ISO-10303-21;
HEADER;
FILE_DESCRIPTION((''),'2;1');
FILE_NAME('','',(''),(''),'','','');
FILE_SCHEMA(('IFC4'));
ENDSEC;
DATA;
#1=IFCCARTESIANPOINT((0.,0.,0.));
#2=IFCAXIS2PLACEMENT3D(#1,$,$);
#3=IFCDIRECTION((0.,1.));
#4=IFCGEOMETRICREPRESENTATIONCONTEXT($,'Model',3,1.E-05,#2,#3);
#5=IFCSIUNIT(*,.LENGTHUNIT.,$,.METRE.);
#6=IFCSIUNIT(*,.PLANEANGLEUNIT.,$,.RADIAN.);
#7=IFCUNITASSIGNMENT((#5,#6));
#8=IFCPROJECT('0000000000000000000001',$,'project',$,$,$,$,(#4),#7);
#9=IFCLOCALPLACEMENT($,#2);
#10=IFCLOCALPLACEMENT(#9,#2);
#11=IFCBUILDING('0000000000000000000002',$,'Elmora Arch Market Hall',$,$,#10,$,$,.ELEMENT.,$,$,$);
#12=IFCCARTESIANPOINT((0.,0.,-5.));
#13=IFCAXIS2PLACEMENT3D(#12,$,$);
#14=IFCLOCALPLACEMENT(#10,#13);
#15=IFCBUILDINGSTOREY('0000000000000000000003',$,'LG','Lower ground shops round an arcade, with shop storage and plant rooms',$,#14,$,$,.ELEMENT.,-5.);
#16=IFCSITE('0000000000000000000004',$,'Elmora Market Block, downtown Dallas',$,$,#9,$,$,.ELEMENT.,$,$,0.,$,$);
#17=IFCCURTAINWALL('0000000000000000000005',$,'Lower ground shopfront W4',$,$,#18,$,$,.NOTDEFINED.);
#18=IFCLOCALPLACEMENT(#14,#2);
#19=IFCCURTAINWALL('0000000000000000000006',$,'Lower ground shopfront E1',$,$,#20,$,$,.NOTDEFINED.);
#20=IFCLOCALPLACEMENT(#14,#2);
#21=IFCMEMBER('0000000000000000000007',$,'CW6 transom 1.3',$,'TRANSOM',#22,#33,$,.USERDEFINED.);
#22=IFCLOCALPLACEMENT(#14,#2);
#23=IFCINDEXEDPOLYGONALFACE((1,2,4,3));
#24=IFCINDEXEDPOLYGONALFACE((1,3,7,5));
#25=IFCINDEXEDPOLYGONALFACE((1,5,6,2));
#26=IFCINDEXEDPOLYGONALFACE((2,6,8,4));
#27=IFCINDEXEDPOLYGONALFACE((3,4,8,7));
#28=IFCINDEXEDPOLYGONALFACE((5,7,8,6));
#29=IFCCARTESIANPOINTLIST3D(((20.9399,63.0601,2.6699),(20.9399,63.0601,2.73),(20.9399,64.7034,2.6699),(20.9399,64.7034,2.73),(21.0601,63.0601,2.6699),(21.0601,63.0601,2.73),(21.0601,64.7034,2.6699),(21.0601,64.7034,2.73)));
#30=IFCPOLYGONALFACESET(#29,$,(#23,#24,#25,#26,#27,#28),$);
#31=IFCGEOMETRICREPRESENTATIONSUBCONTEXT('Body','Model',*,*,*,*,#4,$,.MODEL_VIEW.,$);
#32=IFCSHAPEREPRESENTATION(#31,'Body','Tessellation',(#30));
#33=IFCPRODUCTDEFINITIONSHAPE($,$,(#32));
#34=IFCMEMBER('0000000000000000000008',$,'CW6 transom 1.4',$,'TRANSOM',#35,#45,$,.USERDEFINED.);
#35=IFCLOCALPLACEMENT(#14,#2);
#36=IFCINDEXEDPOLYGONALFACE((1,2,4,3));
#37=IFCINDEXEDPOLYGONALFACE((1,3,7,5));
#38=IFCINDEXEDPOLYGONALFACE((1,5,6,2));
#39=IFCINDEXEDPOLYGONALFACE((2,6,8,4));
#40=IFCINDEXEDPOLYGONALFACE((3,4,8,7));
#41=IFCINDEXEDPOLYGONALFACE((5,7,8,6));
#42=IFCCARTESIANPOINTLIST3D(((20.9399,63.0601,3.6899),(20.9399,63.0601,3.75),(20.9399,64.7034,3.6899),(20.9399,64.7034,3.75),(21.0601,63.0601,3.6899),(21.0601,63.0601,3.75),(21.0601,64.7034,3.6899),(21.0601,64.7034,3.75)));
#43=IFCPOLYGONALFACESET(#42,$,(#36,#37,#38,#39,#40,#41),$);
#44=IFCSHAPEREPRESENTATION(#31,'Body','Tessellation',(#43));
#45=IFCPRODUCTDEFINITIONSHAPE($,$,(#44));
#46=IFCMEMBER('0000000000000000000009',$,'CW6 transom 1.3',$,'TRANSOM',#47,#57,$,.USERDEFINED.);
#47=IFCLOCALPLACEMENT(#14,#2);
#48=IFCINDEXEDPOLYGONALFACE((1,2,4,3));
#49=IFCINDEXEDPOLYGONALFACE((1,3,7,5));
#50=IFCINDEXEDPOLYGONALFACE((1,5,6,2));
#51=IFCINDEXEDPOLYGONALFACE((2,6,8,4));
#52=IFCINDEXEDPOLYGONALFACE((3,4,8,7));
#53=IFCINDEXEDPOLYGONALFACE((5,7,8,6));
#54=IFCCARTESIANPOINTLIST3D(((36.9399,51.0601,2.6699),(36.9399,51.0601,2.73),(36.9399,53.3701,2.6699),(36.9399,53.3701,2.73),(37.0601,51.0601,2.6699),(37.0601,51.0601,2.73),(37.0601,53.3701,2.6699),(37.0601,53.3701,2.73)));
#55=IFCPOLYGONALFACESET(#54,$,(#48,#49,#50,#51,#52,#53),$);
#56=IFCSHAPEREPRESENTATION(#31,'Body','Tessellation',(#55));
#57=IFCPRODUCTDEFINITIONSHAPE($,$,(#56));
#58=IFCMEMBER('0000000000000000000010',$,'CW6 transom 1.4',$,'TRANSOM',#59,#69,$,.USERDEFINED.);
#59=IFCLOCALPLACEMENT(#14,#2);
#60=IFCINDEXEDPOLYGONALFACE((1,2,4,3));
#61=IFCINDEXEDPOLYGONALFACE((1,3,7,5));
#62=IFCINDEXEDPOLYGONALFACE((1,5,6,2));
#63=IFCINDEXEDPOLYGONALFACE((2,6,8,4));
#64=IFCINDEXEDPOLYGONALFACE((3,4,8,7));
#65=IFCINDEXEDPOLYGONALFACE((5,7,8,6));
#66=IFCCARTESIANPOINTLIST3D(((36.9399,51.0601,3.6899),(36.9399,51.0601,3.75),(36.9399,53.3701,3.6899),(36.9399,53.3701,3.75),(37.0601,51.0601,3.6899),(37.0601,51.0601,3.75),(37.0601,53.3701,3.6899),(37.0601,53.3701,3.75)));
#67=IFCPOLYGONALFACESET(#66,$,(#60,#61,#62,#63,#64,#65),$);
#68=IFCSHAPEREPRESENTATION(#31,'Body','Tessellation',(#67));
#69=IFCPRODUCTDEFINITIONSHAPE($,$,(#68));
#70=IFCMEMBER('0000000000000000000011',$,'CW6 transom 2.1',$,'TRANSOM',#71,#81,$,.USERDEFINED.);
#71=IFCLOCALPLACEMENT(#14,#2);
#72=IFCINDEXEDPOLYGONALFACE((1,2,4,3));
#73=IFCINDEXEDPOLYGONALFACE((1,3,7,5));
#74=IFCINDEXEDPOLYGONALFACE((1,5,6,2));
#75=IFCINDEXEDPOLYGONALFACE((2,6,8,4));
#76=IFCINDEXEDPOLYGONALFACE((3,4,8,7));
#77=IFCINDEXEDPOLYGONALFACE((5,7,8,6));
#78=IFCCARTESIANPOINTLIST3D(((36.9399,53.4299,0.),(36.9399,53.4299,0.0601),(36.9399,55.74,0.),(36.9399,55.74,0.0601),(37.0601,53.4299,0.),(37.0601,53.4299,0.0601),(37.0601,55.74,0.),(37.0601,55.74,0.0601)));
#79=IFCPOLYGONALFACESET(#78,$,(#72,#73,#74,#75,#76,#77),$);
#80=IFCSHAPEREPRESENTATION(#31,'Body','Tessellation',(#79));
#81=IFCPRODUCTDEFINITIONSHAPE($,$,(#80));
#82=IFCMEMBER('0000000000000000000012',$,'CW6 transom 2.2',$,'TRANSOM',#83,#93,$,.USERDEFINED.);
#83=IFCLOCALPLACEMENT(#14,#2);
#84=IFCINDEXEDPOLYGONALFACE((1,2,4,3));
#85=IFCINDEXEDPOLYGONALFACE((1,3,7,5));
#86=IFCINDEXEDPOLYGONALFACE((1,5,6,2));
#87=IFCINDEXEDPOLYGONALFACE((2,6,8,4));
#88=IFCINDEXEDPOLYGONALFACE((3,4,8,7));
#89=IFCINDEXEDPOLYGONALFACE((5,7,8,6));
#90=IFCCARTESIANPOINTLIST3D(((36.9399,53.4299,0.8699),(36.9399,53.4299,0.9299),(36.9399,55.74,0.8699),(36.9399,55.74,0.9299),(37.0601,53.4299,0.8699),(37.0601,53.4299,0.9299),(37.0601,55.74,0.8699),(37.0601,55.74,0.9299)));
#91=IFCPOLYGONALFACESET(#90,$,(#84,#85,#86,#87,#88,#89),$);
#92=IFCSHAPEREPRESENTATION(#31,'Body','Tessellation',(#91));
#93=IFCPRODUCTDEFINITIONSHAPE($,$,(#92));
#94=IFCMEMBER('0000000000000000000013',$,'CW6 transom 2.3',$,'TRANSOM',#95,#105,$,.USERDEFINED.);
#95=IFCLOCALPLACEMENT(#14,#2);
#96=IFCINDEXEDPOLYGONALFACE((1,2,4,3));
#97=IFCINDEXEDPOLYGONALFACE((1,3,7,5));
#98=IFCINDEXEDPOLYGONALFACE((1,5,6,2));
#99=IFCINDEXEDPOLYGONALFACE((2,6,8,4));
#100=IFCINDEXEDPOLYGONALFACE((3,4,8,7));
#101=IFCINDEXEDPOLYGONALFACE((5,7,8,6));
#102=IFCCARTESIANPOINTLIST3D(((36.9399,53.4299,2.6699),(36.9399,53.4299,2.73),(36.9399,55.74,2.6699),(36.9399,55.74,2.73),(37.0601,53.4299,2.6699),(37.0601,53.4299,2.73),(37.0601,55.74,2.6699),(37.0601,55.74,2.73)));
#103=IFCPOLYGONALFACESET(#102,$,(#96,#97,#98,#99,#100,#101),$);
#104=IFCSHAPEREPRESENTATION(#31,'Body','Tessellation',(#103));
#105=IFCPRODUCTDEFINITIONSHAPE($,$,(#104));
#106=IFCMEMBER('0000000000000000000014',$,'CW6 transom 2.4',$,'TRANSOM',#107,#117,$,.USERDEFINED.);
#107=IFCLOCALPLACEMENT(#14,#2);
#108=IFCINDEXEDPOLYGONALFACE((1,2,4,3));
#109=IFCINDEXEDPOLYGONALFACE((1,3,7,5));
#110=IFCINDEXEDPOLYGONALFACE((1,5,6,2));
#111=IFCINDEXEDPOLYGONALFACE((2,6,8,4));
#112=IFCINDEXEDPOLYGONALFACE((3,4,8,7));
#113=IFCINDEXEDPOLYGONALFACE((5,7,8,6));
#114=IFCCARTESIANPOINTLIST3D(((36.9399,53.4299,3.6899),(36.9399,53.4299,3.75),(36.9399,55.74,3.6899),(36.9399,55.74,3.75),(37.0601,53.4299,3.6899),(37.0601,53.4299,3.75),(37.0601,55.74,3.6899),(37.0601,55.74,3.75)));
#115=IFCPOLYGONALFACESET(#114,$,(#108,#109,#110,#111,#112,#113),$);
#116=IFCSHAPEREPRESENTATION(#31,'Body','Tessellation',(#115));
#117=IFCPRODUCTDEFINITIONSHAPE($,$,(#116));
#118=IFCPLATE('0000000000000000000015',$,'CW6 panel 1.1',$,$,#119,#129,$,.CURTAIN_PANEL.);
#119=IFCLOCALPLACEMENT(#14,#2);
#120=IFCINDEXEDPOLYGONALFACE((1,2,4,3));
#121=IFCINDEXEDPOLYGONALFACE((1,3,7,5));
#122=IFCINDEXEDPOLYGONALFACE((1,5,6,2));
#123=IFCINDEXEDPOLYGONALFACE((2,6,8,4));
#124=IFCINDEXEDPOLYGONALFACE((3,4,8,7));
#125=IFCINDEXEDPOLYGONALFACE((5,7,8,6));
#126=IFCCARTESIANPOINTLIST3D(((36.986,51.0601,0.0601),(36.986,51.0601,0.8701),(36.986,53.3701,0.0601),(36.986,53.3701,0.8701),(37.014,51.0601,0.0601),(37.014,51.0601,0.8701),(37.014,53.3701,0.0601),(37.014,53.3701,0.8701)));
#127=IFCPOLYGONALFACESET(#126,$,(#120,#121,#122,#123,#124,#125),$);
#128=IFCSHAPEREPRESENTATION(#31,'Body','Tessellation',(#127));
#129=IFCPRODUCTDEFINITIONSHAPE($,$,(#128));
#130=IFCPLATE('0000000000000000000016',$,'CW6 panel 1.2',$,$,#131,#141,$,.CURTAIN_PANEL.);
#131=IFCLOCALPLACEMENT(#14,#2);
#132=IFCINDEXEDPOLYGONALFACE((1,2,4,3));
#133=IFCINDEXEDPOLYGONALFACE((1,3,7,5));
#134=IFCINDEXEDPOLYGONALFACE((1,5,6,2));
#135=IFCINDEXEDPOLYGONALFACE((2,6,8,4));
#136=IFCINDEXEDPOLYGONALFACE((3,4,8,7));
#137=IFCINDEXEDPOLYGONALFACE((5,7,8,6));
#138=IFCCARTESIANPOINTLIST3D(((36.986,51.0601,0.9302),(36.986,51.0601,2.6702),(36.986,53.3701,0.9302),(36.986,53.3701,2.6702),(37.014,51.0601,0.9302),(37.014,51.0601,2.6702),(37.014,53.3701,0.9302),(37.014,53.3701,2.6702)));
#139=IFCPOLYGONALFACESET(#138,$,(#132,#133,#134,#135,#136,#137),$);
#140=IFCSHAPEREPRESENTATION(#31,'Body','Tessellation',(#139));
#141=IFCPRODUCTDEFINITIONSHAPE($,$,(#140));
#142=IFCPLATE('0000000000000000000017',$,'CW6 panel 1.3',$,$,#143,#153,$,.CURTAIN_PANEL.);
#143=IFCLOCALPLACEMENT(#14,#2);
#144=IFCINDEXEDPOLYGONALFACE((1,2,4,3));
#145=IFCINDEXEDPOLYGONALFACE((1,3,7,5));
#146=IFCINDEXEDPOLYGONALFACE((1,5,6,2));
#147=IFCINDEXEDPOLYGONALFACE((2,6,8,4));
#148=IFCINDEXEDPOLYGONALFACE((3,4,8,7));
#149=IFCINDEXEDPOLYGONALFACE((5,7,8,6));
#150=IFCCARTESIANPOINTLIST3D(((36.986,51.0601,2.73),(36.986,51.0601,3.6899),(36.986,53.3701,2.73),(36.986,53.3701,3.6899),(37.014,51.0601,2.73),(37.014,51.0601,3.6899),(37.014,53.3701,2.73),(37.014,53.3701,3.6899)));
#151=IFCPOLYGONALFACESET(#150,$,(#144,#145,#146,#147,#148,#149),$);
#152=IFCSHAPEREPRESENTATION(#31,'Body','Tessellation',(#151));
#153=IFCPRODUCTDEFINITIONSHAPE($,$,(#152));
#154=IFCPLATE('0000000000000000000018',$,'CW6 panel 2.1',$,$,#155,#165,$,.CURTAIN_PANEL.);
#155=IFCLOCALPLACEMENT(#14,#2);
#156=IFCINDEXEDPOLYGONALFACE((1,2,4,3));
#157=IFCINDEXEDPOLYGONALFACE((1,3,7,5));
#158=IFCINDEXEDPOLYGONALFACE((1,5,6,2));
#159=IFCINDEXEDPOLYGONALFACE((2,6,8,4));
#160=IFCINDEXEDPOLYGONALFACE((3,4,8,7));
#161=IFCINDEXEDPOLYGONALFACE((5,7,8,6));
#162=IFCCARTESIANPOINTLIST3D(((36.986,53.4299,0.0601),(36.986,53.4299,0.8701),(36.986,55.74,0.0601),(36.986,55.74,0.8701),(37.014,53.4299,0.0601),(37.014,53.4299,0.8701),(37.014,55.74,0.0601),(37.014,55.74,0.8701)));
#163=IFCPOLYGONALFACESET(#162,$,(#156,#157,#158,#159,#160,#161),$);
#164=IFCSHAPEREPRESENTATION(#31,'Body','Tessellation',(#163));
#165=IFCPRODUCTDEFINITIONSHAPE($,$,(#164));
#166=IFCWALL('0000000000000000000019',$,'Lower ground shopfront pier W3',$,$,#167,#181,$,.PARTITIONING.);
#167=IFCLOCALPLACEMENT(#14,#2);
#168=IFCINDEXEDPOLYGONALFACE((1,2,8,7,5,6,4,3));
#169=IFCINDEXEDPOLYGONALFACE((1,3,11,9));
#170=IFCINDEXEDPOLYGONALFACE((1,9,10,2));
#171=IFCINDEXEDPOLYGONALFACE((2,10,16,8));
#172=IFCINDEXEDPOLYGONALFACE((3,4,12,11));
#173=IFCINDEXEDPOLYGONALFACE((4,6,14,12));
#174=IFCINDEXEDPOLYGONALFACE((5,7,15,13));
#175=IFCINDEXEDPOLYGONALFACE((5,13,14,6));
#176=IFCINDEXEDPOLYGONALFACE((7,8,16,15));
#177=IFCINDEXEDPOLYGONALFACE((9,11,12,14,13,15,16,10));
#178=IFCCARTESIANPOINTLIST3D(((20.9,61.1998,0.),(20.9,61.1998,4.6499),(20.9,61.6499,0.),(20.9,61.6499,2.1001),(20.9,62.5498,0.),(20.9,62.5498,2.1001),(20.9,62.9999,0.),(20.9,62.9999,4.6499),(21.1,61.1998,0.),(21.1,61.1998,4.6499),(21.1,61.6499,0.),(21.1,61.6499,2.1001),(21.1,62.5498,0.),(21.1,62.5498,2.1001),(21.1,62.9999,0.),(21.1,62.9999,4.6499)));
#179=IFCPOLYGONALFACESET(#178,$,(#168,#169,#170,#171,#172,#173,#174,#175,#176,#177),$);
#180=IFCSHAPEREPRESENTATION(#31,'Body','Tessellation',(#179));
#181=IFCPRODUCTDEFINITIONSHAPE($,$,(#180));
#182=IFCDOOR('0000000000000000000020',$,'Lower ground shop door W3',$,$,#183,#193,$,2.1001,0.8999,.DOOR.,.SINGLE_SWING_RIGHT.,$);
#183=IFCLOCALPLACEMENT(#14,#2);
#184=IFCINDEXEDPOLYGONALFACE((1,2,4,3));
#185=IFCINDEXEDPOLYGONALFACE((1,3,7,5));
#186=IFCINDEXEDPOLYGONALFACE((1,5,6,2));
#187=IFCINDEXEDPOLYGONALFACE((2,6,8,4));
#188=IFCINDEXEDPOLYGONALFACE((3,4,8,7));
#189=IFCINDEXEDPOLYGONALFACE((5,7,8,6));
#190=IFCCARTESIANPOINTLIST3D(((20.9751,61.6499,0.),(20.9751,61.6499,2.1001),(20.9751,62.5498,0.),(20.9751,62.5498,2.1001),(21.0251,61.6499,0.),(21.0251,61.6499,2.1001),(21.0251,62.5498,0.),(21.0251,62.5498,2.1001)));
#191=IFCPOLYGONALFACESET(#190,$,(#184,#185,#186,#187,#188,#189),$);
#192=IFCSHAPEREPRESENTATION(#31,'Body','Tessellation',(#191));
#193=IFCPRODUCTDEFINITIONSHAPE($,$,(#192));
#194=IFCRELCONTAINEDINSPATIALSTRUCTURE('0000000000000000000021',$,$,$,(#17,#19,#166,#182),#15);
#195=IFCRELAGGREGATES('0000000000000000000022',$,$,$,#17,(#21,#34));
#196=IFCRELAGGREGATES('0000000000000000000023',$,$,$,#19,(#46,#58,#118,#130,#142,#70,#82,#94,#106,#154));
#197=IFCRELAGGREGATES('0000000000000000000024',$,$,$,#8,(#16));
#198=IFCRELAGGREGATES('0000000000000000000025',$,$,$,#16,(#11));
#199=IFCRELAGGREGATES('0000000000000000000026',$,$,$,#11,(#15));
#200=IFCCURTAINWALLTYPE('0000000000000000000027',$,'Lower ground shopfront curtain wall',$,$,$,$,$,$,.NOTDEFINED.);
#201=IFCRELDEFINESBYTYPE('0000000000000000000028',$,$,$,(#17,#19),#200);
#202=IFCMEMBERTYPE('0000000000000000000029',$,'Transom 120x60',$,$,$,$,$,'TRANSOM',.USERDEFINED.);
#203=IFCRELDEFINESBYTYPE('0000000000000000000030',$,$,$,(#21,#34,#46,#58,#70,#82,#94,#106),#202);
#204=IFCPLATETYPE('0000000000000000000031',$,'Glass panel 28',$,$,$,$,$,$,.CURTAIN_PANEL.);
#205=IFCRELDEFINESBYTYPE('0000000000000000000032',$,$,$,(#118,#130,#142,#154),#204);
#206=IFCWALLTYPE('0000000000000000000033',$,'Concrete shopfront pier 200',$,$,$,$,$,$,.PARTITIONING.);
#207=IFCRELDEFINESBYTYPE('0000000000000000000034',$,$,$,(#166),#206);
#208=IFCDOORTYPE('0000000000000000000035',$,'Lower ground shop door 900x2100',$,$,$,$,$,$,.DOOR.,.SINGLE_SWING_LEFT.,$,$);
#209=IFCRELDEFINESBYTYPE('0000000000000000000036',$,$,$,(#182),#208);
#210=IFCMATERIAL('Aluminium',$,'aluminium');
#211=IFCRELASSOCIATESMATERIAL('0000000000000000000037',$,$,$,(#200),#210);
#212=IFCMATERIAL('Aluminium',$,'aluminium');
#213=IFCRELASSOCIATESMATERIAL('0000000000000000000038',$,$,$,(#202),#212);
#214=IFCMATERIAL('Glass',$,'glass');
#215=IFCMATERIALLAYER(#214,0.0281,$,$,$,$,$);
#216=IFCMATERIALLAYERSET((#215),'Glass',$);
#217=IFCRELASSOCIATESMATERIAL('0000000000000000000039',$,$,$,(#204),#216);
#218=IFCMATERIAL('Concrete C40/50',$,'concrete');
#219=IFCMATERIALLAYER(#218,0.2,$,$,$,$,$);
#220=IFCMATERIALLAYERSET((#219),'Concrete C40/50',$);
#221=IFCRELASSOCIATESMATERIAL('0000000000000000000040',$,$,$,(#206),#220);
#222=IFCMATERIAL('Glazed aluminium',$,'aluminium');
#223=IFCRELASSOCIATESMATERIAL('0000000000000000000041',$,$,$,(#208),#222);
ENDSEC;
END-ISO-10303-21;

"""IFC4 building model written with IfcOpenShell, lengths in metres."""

from ifc_helpers import new_model, si_unit, direction, frame, frame_2d, origin, origin_2d, place, context, subcontext, project, spatial, rectangle, extrude, material, layer, layer_set, material_profile, profile_set, type_object, element, fill, aggregate, save


model = new_model("IFC4")

# Units and contexts
model_context = context("Model", 3, precision=1e-05, world=origin(), true_north=direction((0.0, 1.0)))
body_context = subcontext(model_context, "Body", "Model", "MODEL_VIEW")
ifc_project = project(units=[si_unit("LENGTHUNIT", "METRE"), si_unit("PLANEANGLEUNIT", "RADIAN")], contexts=[model_context])

# Site, building, storey
site_placement = place(None, origin())
site = spatial("IfcSite", under=ifc_project, at=site_placement, Name="Elmora Market Block, downtown Dallas", CompositionType="ELEMENT", RefElevation=0.0)
building_placement = place(site_placement, origin())
building = spatial("IfcBuilding", under=site, at=building_placement, Name="Elmora Arch Market Hall", CompositionType="ELEMENT")
storey_placement = place(building_placement, frame((0.0, 0.0, -5.0)))
storey = spatial("IfcBuildingStorey", under=building, at=storey_placement, Name="LG", Description="Lower ground shops round an arcade, with shop storage and plant rooms", CompositionType="ELEMENT", Elevation=-5.0)

# Curtain walls
ifc_material_1 = material(Name="Aluminium", Category="aluminium")
curtain_wall_type = type_object("IfcCurtainWallType", Name="Lower ground shopfront curtain wall", PredefinedType="NOTDEFINED", material=ifc_material_1)
curtain_wall_1_placement = place(storey_placement, origin())
curtain_wall_1 = element("IfcCurtainWall", 1, at=curtain_wall_1_placement, inside=storey, type_object=curtain_wall_type, Name="Lower ground shopfront W4", PredefinedType="NOTDEFINED")
curtain_wall_2_placement = place(storey_placement, origin())
curtain_wall_2 = element("IfcCurtainWall", 2, at=curtain_wall_2_placement, inside=storey, type_object=curtain_wall_type, Name="Lower ground shopfront E1", PredefinedType="NOTDEFINED")

# Members
ifc_material_2 = material(Name="Aluminium", Category="aluminium")
ifc_material_profile_1 = material_profile(ifc_material_2, rectangle(XDim=0.1201, YDim=0.0601, at=origin_2d()), Name="AL 120x60")
ifc_profile_set_1 = profile_set([ifc_material_profile_1], Name="Aluminium")
member_type_1 = type_object("IfcMemberType", Name="Transom 120x60", ElementType="TRANSOM", PredefinedType="USERDEFINED", material=ifc_profile_set_1)
member_1_placement = place(storey_placement, frame((21.0, 63.0601, 2.7), z_axis=(0.0, 1.0, 0.0), x_axis=(-1.0, 0.0, 0.0)))
member_1 = element("IfcMember", 3, at=member_1_placement, type_object=member_type_1, Name="CW6 transom 1.3", ObjectType="TRANSOM", PredefinedType="USERDEFINED", context=body_context, shape_type="SweptSolid", body=[
    extrude(rectangle(XDim=0.1201, YDim=0.0601, at=origin_2d()), origin(), (0.0, 0.0, 1.0), 1.6433),
])
member_2_placement = place(storey_placement, frame((21.0, 63.0601, 3.72), z_axis=(0.0, 1.0, 0.0), x_axis=(-1.0, 0.0, 0.0)))
member_2 = element("IfcMember", 4, at=member_2_placement, type_object=member_type_1, Name="CW6 transom 1.4", ObjectType="TRANSOM", PredefinedType="USERDEFINED", context=body_context, shape_type="SweptSolid", body=[
    extrude(rectangle(XDim=0.1201, YDim=0.0601, at=origin_2d()), origin(), (0.0, 0.0, 1.0), 1.6433),
])
aggregate(curtain_wall_1, [member_1, member_2])
member_3_placement = place(storey_placement, frame((37.0, 51.0601, 2.7), z_axis=(0.0, 1.0, 0.0), x_axis=(-1.0, 0.0, 0.0)))
member_3 = element("IfcMember", 5, at=member_3_placement, type_object=member_type_1, Name="CW6 transom 1.3", ObjectType="TRANSOM", PredefinedType="USERDEFINED", context=body_context, shape_type="SweptSolid", body=[
    extrude(rectangle(XDim=0.1201, YDim=0.0601, at=origin_2d()), origin(), (0.0, 0.0, 1.0), 2.3101),
])
member_4_placement = place(storey_placement, frame((37.0, 51.0601, 3.72), z_axis=(0.0, 1.0, 0.0), x_axis=(-1.0, 0.0, 0.0)))
member_4 = element("IfcMember", 6, at=member_4_placement, type_object=member_type_1, Name="CW6 transom 1.4", ObjectType="TRANSOM", PredefinedType="USERDEFINED", context=body_context, shape_type="SweptSolid", body=[
    extrude(rectangle(XDim=0.1201, YDim=0.0601, at=origin_2d()), origin(), (0.0, 0.0, 1.0), 2.3101),
])
member_5_placement = place(storey_placement, frame((37.0, 53.4299, 0.03), z_axis=(0.0, 1.0, 0.0), x_axis=(-1.0, 0.0, 0.0)))
member_5 = element("IfcMember", 7, at=member_5_placement, type_object=member_type_1, Name="CW6 transom 2.1", ObjectType="TRANSOM", PredefinedType="USERDEFINED", context=body_context, shape_type="SweptSolid", body=[
    extrude(rectangle(XDim=0.1201, YDim=0.0601, at=origin_2d()), origin(), (0.0, 0.0, 1.0), 2.3101),
])
member_6_placement = place(storey_placement, frame((37.0, 53.4299, 0.8999), z_axis=(0.0, 1.0, 0.0), x_axis=(-1.0, 0.0, 0.0)))
member_6 = element("IfcMember", 8, at=member_6_placement, type_object=member_type_1, Name="CW6 transom 2.2", ObjectType="TRANSOM", PredefinedType="USERDEFINED", context=body_context, shape_type="SweptSolid", body=[
    extrude(rectangle(XDim=0.1201, YDim=0.0601, at=origin_2d()), origin(), (0.0, 0.0, 1.0), 2.3101),
])
member_7_placement = place(storey_placement, frame((37.0, 53.4299, 2.7), z_axis=(0.0, 1.0, 0.0), x_axis=(-1.0, 0.0, 0.0)))
member_7 = element("IfcMember", 9, at=member_7_placement, type_object=member_type_1, Name="CW6 transom 2.3", ObjectType="TRANSOM", PredefinedType="USERDEFINED", context=body_context, shape_type="SweptSolid", body=[
    extrude(rectangle(XDim=0.1201, YDim=0.0601, at=origin_2d()), origin(), (0.0, 0.0, 1.0), 2.3101),
])
member_8_placement = place(storey_placement, frame((37.0, 53.4299, 3.72), z_axis=(0.0, 1.0, 0.0), x_axis=(-1.0, 0.0, 0.0)))
member_8 = element("IfcMember", 10, at=member_8_placement, type_object=member_type_1, Name="CW6 transom 2.4", ObjectType="TRANSOM", PredefinedType="USERDEFINED", context=body_context, shape_type="SweptSolid", body=[
    extrude(rectangle(XDim=0.1201, YDim=0.0601, at=origin_2d()), origin(), (0.0, 0.0, 1.0), 2.3101),
])

# Plates
ifc_material_3 = material(Name="Glass", Category="glass")
ifc_layer_1 = layer(ifc_material_3, 0.0281)
ifc_layer_set_1 = layer_set([ifc_layer_1], Name="Glass")
plate_type = type_object("IfcPlateType", Name="Glass panel 28", PredefinedType="CURTAIN_PANEL", material=ifc_layer_set_1)
plate_1_placement = place(storey_placement, frame((37.0, 52.2151, 0.0601), z_axis=(0.0, 0.0, 1.0), x_axis=(0.0, 1.0, 0.0)))
plate_1 = element("IfcPlate", 11, at=plate_1_placement, type_object=plate_type, Name="CW6 panel 1.1", PredefinedType="CURTAIN_PANEL", context=body_context, shape_type="SweptSolid", body=[
    extrude(rectangle(XDim=2.3101, YDim=0.0281, at=origin_2d()), origin(), (0.0, 0.0, 1.0), 0.8101),
])
plate_2_placement = place(storey_placement, frame((37.0, 52.2151, 0.9302), z_axis=(0.0, 0.0, 1.0), x_axis=(0.0, 1.0, 0.0)))
plate_2 = element("IfcPlate", 12, at=plate_2_placement, type_object=plate_type, Name="CW6 panel 1.2", PredefinedType="CURTAIN_PANEL", context=body_context, shape_type="SweptSolid", body=[
    extrude(rectangle(XDim=2.3101, YDim=0.0281, at=origin_2d()), origin(), (0.0, 0.0, 1.0), 1.74),
])
plate_3_placement = place(storey_placement, frame((37.0, 52.2151, 2.73), z_axis=(0.0, 0.0, 1.0), x_axis=(0.0, 1.0, 0.0)))
plate_3 = element("IfcPlate", 13, at=plate_3_placement, type_object=plate_type, Name="CW6 panel 1.3", PredefinedType="CURTAIN_PANEL", context=body_context, shape_type="SweptSolid", body=[
    extrude(rectangle(XDim=2.3101, YDim=0.0281, at=origin_2d()), origin(), (0.0, 0.0, 1.0), 0.96),
])
plate_4_placement = place(storey_placement, frame((37.0, 54.585, 0.0601), z_axis=(0.0, 0.0, 1.0), x_axis=(0.0, 1.0, 0.0)))
plate_4 = element("IfcPlate", 14, at=plate_4_placement, type_object=plate_type, Name="CW6 panel 2.1", PredefinedType="CURTAIN_PANEL", context=body_context, shape_type="SweptSolid", body=[
    extrude(rectangle(XDim=2.3101, YDim=0.0281, at=origin_2d()), origin(), (0.0, 0.0, 1.0), 0.8101),
])
aggregate(curtain_wall_2, [member_3, member_4, plate_1, plate_2, plate_3, member_5, member_6, member_7, member_8, plate_4])

# Wall, opening, door
ifc_material_4 = material(Name="Concrete C40/50", Category="concrete")
ifc_layer_2 = layer(ifc_material_4, 0.2)
ifc_layer_set_2 = layer_set([ifc_layer_2], Name="Concrete C40/50")
wall_type = type_object("IfcWallType", Name="Concrete shopfront pier 200", PredefinedType="PARTITIONING", material=ifc_layer_set_2)
wall_placement = place(storey_placement, frame((21.0, 61.2, 0.0), z_axis=(0.0, 0.0, 1.0), x_axis=(0.0, 1.0, 0.0)))
wall = element("IfcWall", 15, at=wall_placement, inside=storey, type_object=wall_type, Name="Lower ground shopfront pier W3", PredefinedType="PARTITIONING", context=body_context, shape_type="SweptSolid", body=[
    extrude(rectangle(XDim=1.8, YDim=0.2, at=frame_2d((0.8999, 0.0))), origin(), (0.0, 0.0, 1.0), 4.6499),
])
opening_placement = place(wall_placement, frame((0.45, 0.0, 0.0)))
opening = element("IfcOpeningElement", 16, at=opening_placement, cuts=wall, PredefinedType="OPENING", context=body_context, shape_type="SweptSolid", body=[
    extrude(rectangle(XDim=0.8999, YDim=2.1001, at=frame_2d((0.45, 1.05))), frame((0.0, 0.1099, 0.0), z_axis=(0.0, -1.0, 0.0), x_axis=(1.0, 0.0, 0.0)), (0.0, 0.0, 1.0), 0.22),
])
ifc_material_5 = material(Name="Glazed aluminium", Category="aluminium")
door_type = type_object("IfcDoorType", Name="Lower ground shop door 900x2100", OperationType="SINGLE_SWING_LEFT", PredefinedType="DOOR", material=ifc_material_5)
door_placement = place(opening_placement, origin())
door = element("IfcDoor", 17, at=door_placement, inside=storey, type_object=door_type, Name="Lower ground shop door W3", OperationType="SINGLE_SWING_RIGHT", OverallHeight=2.1001, OverallWidth=0.8999, PredefinedType="DOOR", context=body_context, shape_type="SweptSolid", body=[
    extrude(rectangle(XDim=0.8999, YDim=2.1001, at=frame_2d((0.45, 1.05))), frame((0.0, 0.0249, 0.0), z_axis=(0.0, -1.0, 0.0), x_axis=(1.0, 0.0, 0.0)), (0.0, 0.0, 1.0), 0.05),
])
fill(opening, door)

save(model, "model.ifc")
